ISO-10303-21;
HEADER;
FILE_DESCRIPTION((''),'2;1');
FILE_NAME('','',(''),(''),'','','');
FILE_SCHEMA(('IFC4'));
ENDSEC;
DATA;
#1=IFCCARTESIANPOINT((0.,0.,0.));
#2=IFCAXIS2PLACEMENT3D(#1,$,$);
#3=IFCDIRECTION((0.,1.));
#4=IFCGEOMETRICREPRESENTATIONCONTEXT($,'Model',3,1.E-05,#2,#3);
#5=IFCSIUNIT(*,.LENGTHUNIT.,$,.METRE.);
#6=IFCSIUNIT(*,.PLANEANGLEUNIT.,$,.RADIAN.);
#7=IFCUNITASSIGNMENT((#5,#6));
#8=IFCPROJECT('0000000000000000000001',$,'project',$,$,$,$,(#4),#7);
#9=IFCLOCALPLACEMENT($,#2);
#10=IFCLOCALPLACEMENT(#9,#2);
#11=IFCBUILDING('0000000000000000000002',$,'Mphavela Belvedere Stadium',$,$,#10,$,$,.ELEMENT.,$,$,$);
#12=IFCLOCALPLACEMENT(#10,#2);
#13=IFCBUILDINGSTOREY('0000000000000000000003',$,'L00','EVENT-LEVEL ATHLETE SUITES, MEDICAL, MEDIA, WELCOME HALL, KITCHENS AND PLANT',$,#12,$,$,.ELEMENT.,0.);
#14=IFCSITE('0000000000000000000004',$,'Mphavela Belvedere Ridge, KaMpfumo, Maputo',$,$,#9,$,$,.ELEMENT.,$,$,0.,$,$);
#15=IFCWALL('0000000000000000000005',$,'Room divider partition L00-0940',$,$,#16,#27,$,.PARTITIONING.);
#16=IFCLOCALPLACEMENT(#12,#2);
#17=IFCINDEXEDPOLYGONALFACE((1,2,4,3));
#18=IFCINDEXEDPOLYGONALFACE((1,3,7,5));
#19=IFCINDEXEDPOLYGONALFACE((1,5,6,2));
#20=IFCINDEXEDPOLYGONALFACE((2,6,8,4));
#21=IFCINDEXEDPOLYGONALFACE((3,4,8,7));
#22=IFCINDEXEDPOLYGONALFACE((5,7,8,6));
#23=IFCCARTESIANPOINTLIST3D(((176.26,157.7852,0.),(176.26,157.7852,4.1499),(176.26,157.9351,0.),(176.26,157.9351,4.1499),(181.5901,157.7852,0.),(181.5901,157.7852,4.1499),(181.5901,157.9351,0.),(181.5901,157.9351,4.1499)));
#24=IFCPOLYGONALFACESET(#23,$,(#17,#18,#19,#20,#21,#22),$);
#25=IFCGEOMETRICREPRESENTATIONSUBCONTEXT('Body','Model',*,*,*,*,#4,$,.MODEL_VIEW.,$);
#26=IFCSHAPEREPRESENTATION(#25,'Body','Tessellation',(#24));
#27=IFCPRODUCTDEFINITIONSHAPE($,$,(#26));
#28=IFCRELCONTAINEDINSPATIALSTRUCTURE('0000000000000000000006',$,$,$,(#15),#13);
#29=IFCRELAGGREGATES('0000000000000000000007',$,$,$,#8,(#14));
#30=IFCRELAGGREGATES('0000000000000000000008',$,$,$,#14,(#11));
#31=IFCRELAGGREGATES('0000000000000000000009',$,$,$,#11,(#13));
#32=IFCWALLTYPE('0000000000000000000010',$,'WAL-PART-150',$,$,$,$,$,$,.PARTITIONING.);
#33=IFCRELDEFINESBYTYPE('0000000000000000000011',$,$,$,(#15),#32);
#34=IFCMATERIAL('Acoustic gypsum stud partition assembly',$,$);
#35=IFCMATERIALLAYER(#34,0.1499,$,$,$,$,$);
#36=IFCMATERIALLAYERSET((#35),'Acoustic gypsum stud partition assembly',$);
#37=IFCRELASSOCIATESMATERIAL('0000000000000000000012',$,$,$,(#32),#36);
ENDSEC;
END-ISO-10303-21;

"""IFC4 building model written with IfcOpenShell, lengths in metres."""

from ifc_helpers import new_model, si_unit, direction, frame, frame_2d, origin, place, context, subcontext, project, spatial, rectangle, extrude, material, layer, layer_set, type_object, element, save


model = new_model("IFC4")

# Units and contexts
model_context = context("Model", 3, precision=1e-05, world=origin(), true_north=direction((0.0, 1.0)))
body_context = subcontext(model_context, "Body", "Model", "MODEL_VIEW")
ifc_project = project(units=[si_unit("LENGTHUNIT", "METRE"), si_unit("PLANEANGLEUNIT", "RADIAN")], contexts=[model_context])

# Site, building, storey
site_placement = place(None, origin())
site = spatial("IfcSite", under=ifc_project, at=site_placement, Name="Mphavela Belvedere Ridge, KaMpfumo, Maputo", CompositionType="ELEMENT", RefElevation=0.0)
building_placement = place(site_placement, origin())
building = spatial("IfcBuilding", under=site, at=building_placement, Name="Mphavela Belvedere Stadium", CompositionType="ELEMENT")
storey_placement = place(building_placement, origin())
storey = spatial("IfcBuildingStorey", under=building, at=storey_placement, Name="L00", Description="EVENT-LEVEL ATHLETE SUITES, MEDICAL, MEDIA, WELCOME HALL, KITCHENS AND PLANT", CompositionType="ELEMENT", Elevation=0.0)

# Shared definitions
ifc_material_1 = material(Name="Acoustic gypsum stud partition assembly")
ifc_layer_1 = layer(ifc_material_1, 0.1499)
ifc_layer_set_1 = layer_set([ifc_layer_1], Name="Acoustic gypsum stud partition assembly")
wall_type_1 = type_object("IfcWallType", Name="WAL-PART-150", PredefinedType="PARTITIONING", material=ifc_layer_set_1)

# Wall
wall_1_placement = place(storey_placement, frame((181.5901, 157.8601, 0.0), z_axis=(0.0, 0.0, 1.0), x_axis=(-1.0, 0.0, 0.0)))
element("IfcWall", 1, at=wall_1_placement, inside=storey, type_object=wall_type_1, Name="Room divider partition L00-0940", PredefinedType="PARTITIONING", context=body_context, shape_type="SweptSolid", body=[
    extrude(rectangle(XDim=5.3301, YDim=0.1499, at=frame_2d((2.665, 0.0))), origin(), (0.0, 0.0, 1.0), 4.1499),
])

save(model, "model.ifc")
